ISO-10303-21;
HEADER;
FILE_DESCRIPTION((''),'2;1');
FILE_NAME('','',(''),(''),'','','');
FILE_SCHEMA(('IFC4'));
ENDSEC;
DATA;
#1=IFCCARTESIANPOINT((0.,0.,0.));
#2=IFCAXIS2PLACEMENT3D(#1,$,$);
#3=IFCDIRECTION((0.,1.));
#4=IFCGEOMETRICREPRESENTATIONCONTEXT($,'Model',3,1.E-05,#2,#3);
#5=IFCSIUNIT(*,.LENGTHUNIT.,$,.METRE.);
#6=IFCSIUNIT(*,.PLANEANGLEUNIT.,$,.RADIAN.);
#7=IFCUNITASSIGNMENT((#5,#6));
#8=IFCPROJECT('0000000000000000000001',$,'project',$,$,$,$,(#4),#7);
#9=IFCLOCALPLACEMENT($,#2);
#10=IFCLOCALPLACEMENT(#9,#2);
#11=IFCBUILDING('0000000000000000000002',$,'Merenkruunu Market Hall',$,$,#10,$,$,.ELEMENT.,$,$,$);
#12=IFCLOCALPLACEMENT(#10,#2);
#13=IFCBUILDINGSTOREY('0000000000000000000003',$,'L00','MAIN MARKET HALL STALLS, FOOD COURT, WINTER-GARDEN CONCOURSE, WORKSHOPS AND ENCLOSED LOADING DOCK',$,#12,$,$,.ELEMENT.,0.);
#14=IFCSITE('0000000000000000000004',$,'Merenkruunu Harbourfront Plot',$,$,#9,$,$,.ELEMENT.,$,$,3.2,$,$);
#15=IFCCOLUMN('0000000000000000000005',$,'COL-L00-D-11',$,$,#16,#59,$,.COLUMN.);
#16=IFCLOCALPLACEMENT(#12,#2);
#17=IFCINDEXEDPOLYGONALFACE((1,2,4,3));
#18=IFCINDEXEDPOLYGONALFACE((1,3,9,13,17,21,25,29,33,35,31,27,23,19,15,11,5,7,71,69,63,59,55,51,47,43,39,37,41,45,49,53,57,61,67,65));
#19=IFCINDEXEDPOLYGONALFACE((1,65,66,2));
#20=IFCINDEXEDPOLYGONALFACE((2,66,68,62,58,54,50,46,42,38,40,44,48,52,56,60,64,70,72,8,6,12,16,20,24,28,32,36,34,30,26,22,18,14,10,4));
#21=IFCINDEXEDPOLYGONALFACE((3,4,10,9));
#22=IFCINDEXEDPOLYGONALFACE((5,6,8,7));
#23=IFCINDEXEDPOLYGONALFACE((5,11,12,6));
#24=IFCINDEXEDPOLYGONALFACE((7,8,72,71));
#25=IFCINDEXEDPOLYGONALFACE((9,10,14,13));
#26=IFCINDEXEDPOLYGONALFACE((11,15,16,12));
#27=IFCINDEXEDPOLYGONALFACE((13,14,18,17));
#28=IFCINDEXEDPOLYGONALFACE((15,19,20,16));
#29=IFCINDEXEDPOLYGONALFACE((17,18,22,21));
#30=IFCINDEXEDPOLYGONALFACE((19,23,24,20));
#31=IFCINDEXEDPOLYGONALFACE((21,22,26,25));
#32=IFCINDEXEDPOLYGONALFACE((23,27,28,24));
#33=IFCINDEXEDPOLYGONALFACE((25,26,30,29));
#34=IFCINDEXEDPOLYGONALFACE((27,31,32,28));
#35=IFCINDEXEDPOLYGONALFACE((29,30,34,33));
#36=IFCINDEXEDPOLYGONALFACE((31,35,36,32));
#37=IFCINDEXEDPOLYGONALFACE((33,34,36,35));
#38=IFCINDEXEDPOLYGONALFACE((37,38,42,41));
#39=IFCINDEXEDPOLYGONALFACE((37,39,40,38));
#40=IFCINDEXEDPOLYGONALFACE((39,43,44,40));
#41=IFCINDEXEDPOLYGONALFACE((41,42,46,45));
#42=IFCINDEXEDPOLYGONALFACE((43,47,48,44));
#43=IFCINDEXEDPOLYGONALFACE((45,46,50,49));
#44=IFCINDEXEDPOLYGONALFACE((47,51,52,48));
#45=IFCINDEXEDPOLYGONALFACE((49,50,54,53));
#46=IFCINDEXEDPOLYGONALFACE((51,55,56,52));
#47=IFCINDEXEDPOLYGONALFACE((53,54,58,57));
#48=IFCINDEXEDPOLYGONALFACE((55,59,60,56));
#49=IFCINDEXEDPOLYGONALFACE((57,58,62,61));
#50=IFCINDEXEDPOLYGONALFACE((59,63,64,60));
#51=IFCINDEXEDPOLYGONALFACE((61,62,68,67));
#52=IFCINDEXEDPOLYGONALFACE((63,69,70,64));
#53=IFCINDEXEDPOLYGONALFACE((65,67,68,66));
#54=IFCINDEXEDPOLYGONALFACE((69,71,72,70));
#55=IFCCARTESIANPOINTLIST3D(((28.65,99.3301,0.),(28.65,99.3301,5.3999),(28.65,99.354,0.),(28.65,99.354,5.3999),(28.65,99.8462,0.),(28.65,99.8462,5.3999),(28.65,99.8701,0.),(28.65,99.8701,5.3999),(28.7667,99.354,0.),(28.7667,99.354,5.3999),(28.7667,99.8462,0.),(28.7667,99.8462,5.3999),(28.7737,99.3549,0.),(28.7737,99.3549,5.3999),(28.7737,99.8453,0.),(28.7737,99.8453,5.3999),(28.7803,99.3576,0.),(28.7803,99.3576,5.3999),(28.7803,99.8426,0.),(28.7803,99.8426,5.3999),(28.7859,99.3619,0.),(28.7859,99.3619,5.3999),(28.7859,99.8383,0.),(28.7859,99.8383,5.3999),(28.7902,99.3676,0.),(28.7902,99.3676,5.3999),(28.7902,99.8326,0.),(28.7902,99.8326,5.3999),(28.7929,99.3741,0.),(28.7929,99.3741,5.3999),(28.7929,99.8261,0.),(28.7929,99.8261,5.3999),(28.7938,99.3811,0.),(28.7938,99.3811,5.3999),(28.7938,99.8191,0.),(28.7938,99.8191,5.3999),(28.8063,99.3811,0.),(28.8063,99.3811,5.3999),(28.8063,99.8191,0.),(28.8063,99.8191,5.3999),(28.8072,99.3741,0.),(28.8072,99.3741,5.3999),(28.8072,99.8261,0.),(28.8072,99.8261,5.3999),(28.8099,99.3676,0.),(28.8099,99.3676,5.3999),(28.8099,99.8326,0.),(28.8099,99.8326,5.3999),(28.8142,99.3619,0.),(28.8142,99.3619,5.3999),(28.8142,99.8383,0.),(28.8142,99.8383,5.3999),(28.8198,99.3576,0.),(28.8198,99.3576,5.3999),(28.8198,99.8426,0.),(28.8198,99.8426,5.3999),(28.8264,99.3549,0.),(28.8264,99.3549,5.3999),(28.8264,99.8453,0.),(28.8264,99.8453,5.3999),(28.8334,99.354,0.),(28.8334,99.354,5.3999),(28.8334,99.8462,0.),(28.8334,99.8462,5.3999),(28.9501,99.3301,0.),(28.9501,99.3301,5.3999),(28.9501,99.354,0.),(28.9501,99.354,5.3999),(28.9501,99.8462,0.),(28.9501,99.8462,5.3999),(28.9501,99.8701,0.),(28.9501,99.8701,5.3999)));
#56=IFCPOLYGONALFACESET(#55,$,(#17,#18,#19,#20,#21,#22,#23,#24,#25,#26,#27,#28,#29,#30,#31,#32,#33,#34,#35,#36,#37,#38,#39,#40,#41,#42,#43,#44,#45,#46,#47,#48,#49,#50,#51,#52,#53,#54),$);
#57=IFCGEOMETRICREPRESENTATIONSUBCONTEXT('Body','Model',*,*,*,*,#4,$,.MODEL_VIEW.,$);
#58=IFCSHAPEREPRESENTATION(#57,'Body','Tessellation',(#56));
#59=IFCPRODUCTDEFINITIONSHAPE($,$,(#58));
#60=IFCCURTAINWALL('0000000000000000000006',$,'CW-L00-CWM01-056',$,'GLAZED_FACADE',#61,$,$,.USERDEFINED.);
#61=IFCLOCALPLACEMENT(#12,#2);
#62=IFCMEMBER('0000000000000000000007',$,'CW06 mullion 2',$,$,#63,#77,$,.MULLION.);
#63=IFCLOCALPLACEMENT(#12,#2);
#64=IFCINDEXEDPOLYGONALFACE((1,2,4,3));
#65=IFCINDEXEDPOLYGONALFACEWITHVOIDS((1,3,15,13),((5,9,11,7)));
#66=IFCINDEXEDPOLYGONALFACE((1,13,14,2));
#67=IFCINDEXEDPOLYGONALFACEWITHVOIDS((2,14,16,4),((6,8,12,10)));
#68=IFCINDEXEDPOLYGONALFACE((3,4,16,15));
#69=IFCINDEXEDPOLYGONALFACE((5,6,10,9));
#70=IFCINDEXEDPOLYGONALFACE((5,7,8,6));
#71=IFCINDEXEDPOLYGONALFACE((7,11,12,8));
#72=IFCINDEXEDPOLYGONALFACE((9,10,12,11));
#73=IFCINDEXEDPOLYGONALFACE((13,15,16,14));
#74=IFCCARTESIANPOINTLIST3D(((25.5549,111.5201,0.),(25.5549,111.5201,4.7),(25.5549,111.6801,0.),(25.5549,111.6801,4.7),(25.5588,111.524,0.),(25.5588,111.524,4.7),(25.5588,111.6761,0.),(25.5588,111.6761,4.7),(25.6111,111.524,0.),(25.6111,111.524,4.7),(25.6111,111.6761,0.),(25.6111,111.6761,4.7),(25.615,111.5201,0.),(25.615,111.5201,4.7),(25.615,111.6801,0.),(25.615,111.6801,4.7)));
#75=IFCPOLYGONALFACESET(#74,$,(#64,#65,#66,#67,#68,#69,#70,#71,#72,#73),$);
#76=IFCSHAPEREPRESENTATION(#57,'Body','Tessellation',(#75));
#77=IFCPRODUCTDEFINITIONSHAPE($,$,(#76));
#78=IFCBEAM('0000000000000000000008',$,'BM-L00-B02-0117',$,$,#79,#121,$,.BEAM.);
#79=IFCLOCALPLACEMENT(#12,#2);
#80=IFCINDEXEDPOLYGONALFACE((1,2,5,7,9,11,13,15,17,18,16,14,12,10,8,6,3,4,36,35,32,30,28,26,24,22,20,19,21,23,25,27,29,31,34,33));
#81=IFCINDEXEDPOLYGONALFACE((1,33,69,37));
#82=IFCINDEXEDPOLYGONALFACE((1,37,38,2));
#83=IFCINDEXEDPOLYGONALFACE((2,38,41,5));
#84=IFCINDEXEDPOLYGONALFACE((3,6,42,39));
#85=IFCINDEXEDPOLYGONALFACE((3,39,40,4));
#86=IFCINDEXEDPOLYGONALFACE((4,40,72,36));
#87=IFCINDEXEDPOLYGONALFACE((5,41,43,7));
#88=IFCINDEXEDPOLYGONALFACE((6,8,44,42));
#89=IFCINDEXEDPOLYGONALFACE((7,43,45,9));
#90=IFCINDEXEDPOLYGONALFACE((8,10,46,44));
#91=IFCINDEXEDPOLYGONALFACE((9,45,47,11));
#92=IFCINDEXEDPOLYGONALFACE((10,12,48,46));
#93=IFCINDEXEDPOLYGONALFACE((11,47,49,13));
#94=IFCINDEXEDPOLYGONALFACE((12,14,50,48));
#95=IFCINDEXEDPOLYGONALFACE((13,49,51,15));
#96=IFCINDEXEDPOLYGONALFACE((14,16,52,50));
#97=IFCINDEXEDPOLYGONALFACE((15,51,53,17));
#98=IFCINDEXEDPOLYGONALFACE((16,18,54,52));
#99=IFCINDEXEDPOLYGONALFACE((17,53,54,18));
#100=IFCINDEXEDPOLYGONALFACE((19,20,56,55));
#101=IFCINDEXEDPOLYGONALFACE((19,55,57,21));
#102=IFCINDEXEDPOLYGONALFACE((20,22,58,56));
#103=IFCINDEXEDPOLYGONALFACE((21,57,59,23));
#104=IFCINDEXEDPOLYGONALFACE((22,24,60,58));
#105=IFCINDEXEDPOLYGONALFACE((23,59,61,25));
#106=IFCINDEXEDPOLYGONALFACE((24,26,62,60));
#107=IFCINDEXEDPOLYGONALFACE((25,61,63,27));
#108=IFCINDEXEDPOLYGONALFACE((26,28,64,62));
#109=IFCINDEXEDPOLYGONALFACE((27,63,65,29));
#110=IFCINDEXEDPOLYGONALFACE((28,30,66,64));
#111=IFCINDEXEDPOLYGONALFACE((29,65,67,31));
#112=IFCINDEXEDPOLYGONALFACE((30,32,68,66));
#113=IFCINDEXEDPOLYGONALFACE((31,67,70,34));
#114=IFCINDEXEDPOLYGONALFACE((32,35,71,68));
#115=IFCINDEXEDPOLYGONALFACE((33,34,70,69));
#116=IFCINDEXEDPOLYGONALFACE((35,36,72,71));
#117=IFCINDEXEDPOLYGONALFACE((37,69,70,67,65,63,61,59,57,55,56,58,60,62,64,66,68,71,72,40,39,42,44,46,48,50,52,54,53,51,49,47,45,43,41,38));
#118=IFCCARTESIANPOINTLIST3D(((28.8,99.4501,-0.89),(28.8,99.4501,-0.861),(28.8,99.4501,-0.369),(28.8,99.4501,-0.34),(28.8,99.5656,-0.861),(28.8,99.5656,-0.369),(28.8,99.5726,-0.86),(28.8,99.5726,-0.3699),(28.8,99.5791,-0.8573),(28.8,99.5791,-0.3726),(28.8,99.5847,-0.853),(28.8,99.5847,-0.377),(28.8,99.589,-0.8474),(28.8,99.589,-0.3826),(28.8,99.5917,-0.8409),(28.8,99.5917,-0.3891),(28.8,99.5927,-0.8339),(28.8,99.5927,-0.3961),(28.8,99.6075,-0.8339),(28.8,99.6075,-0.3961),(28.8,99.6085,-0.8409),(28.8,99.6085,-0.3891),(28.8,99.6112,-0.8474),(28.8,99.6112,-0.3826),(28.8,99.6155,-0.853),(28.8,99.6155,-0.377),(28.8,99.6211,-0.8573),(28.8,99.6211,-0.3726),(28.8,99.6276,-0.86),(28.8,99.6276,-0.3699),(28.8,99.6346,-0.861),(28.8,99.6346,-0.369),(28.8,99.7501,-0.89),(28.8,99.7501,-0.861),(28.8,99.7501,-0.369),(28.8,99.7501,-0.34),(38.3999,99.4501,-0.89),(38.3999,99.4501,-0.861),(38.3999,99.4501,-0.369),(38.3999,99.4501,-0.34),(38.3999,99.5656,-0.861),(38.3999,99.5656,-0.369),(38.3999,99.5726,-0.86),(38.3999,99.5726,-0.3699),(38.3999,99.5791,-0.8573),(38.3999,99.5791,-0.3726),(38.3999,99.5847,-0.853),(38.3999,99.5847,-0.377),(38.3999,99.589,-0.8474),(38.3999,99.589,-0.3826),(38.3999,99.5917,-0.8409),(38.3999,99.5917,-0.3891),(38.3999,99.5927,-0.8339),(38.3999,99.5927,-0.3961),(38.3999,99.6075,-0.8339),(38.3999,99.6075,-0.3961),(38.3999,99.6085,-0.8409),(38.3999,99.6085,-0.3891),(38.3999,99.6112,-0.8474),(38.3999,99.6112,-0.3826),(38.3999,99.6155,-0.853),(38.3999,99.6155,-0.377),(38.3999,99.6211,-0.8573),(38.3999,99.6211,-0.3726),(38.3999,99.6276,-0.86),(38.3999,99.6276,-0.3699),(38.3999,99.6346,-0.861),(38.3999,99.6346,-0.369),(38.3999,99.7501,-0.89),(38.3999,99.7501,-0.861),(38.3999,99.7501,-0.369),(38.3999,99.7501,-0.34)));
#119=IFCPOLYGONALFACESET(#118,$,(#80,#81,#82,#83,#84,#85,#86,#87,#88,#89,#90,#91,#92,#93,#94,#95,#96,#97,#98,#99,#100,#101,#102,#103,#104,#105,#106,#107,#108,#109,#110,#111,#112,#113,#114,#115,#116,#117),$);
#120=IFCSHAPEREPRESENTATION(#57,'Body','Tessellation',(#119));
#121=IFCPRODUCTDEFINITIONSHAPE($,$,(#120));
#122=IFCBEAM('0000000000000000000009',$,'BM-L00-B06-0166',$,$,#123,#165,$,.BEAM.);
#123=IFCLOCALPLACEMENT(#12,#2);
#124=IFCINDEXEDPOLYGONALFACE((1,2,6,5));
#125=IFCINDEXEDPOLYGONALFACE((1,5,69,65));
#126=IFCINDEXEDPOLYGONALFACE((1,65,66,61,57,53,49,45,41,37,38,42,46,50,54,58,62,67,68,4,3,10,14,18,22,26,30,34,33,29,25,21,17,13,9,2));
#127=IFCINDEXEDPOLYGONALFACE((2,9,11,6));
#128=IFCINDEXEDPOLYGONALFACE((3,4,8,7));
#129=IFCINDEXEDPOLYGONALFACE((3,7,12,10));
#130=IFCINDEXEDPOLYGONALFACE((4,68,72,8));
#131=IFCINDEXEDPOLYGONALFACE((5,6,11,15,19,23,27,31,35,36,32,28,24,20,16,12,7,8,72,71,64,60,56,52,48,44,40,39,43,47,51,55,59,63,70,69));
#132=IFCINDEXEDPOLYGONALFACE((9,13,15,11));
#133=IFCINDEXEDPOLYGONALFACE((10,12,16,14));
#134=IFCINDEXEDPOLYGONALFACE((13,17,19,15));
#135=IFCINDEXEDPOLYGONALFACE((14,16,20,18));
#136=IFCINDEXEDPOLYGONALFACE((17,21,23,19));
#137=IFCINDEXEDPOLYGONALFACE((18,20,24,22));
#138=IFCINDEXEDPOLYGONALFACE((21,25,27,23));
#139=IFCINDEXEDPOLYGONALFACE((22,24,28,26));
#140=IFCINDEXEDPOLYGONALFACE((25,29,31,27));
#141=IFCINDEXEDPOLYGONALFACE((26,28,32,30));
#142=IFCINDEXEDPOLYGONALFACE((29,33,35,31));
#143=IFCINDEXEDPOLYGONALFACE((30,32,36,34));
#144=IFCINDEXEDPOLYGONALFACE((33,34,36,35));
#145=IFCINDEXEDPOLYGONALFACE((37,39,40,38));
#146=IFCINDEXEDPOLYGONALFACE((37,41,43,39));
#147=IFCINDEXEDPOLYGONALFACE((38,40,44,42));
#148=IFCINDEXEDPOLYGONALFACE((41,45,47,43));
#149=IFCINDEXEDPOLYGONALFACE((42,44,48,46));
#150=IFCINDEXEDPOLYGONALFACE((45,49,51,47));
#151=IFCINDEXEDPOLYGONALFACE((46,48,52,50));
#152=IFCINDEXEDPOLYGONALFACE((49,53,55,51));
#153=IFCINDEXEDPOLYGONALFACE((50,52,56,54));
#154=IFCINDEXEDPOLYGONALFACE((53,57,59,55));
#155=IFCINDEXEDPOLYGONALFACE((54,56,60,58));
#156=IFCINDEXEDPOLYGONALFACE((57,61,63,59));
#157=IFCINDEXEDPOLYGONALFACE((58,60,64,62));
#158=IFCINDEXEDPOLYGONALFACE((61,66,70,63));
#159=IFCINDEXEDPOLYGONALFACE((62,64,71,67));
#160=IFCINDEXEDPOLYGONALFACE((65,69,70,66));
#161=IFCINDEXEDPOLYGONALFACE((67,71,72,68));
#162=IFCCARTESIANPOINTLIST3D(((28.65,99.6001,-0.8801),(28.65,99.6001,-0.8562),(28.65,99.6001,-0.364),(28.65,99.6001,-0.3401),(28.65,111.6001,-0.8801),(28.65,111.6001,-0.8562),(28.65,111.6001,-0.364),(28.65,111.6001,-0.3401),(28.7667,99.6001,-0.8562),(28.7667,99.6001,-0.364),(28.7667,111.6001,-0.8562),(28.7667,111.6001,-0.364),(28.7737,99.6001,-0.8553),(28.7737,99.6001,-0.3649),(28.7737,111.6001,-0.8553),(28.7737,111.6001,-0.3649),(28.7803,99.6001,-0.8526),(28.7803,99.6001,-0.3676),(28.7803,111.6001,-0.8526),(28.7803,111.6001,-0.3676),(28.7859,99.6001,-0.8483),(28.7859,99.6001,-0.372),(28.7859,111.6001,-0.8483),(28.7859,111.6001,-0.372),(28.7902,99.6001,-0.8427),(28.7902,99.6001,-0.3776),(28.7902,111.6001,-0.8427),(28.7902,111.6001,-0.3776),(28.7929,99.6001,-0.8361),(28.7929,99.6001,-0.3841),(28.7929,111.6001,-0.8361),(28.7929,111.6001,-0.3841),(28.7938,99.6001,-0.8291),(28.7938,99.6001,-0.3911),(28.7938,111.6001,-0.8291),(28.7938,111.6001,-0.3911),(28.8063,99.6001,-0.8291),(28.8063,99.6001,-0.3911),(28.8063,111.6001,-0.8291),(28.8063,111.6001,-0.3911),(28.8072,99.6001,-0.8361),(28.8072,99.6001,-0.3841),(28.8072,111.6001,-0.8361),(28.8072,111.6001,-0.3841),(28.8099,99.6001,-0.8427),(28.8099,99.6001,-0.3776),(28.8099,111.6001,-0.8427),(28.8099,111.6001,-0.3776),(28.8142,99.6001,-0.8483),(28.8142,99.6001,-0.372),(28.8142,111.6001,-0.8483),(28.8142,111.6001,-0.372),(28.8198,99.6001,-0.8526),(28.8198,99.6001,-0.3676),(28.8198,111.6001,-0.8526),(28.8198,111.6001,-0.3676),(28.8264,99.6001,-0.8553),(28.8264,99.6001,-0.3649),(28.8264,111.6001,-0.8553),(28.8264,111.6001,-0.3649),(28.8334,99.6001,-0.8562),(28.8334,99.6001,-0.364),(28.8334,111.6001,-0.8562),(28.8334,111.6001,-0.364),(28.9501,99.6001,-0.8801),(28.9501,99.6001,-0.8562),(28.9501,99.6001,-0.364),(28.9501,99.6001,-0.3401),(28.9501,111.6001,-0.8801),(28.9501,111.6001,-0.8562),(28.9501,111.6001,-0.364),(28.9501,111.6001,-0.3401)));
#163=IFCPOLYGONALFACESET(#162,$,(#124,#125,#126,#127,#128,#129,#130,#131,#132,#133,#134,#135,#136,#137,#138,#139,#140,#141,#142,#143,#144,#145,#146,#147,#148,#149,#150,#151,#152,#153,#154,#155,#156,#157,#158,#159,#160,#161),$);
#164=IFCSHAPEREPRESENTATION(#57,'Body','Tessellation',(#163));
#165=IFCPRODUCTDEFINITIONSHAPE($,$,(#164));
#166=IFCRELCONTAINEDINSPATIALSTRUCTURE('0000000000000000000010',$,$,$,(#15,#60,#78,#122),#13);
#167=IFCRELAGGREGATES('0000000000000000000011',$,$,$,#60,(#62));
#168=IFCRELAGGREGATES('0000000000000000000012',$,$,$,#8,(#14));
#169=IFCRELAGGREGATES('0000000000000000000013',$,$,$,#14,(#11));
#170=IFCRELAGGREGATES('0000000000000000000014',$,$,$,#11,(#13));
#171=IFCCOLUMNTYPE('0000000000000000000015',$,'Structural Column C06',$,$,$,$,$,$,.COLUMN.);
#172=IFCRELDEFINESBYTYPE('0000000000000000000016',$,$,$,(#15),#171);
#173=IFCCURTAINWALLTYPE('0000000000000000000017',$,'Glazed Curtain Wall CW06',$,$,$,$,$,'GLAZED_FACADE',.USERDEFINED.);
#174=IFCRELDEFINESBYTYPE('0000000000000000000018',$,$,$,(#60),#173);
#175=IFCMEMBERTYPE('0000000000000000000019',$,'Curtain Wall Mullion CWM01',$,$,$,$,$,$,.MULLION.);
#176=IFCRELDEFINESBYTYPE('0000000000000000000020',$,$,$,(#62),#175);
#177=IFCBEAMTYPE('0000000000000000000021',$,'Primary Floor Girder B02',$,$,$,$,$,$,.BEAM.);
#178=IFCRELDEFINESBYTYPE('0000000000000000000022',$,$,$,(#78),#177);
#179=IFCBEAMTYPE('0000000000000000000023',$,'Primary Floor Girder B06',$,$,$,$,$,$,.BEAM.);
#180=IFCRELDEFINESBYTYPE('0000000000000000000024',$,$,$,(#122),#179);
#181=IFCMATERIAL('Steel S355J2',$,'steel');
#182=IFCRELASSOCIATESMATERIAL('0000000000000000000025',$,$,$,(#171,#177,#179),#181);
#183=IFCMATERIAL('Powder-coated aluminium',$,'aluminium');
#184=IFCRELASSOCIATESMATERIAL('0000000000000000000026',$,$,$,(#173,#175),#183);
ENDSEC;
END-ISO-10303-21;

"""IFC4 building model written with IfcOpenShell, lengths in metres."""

from ifc_helpers import new_model, si_unit, direction, frame, origin, origin_2d, place, context, subcontext, project, spatial, hollow_rectangle, i_section, extrude, material, material_profile, profile_set, type_object, element, aggregate, save


model = new_model("IFC4")

# Units and contexts
model_context = context("Model", 3, precision=1e-05, world=origin(), true_north=direction((0.0, 1.0)))
body_context = subcontext(model_context, "Body", "Model", "MODEL_VIEW")
ifc_project = project(units=[si_unit("LENGTHUNIT", "METRE"), si_unit("PLANEANGLEUNIT", "RADIAN")], contexts=[model_context])

# Site, building, storey
site_placement = place(None, origin())
site = spatial("IfcSite", under=ifc_project, at=site_placement, Name="Merenkruunu Harbourfront Plot", CompositionType="ELEMENT", RefElevation=3.2)
building_placement = place(site_placement, origin())
building = spatial("IfcBuilding", under=site, at=building_placement, Name="Merenkruunu Market Hall", CompositionType="ELEMENT")
storey_placement = place(building_placement, origin())
storey = spatial("IfcBuildingStorey", under=building, at=storey_placement, Name="L00", Description="MAIN MARKET HALL STALLS, FOOD COURT, WINTER-GARDEN CONCOURSE, WORKSHOPS AND ENCLOSED LOADING DOCK", CompositionType="ELEMENT", Elevation=0.0)

# Column
ifc_material_1 = material(Name="Steel S355J2", Category="steel")
ifc_material_profile_1 = material_profile(ifc_material_1, i_section(OverallWidth=0.3, OverallDepth=0.54, WebThickness=0.0125, FlangeThickness=0.0239, FilletRadius=0.0271, at=origin_2d()), Name="HEA 550")
ifc_profile_set_1 = profile_set([ifc_material_profile_1], Name="Steel S355J2")
column_type = type_object("IfcColumnType", Name="Structural Column C06", PredefinedType="COLUMN", material=ifc_profile_set_1)
column_placement = place(storey_placement, frame((28.8, 99.6001, 0.0), z_axis=(0.0, 0.0, 1.0), x_axis=(1.0, 0.0, 0.0)))
element("IfcColumn", 1, at=column_placement, inside=storey, type_object=column_type, Name="COL-L00-D-11", PredefinedType="COLUMN", context=body_context, shape_type="SweptSolid", body=[
    extrude(i_section(OverallWidth=0.3, OverallDepth=0.54, WebThickness=0.0125, FlangeThickness=0.0239, FilletRadius=0.0271, at=origin_2d()), origin(), (0.0, 0.0, 1.0), 5.3999),
])

# Curtain wall, member
ifc_material_2 = material(Name="Powder-coated aluminium", Category="aluminium")
curtain_wall_type = type_object("IfcCurtainWallType", Name="Glazed Curtain Wall CW06", ElementType="GLAZED_FACADE", PredefinedType="USERDEFINED", material=ifc_material_2)
curtain_wall_placement = place(storey_placement, origin())
curtain_wall = element("IfcCurtainWall", 2, at=curtain_wall_placement, inside=storey, type_object=curtain_wall_type, Name="CW-L00-CWM01-056", ObjectType="GLAZED_FACADE", PredefinedType="USERDEFINED")
ifc_material_profile_2 = material_profile(ifc_material_2, hollow_rectangle(XDim=0.0601, YDim=0.1599, WallThickness=0.0039, at=origin_2d()), Name="ALU 60x160x4")
ifc_profile_set_2 = profile_set([ifc_material_profile_2], Name="Powder-coated aluminium")
member_type = type_object("IfcMemberType", Name="Curtain Wall Mullion CWM01", PredefinedType="MULLION", material=ifc_profile_set_2)
member_placement = place(storey_placement, frame((25.585, 111.6001, 0.0), z_axis=(0.0, 0.0, 1.0), x_axis=(1.0, 0.0, 0.0)))
member = element("IfcMember", 3, at=member_placement, type_object=member_type, Name="CW06 mullion 2", PredefinedType="MULLION", context=body_context, shape_type="SweptSolid", body=[
    extrude(hollow_rectangle(XDim=0.0601, YDim=0.1599, WallThickness=0.0039, at=origin_2d()), origin(), (0.0, 0.0, 1.0), 4.7),
])

# Beams
ifc_material_profile_3 = material_profile(ifc_material_1, i_section(OverallWidth=0.3, OverallDepth=0.55, WebThickness=0.0149, FlangeThickness=0.0291, FilletRadius=0.0271, at=origin_2d()), Name="HEB 550")
ifc_profile_set_3 = profile_set([ifc_material_profile_3], Name="Steel S355J2")
beam_type_1 = type_object("IfcBeamType", Name="Primary Floor Girder B02", PredefinedType="BEAM", material=ifc_profile_set_3)
beam_1_placement = place(storey_placement, frame((28.8, 99.6001, -0.615), z_axis=(1.0, 0.0, 0.0), x_axis=(0.0, 1.0, 0.0)))
element("IfcBeam", 4, at=beam_1_placement, inside=storey, type_object=beam_type_1, Name="BM-L00-B02-0117", PredefinedType="BEAM", context=body_context, shape_type="SweptSolid", body=[
    extrude(i_section(OverallWidth=0.3, OverallDepth=0.55, WebThickness=0.0149, FlangeThickness=0.0291, FilletRadius=0.0271, at=origin_2d()), origin(), (0.0, 0.0, 1.0), 9.5999),
])
ifc_material_profile_4 = material_profile(ifc_material_1, i_section(OverallWidth=0.3, OverallDepth=0.54, WebThickness=0.0125, FlangeThickness=0.0239, FilletRadius=0.0271, at=origin_2d()), Name="HEA 550")
ifc_profile_set_4 = profile_set([ifc_material_profile_4], Name="Steel S355J2")
beam_type_2 = type_object("IfcBeamType", Name="Primary Floor Girder B06", PredefinedType="BEAM", material=ifc_profile_set_4)
beam_2_placement = place(storey_placement, frame((28.8, 99.6001, -0.6101), z_axis=(0.0, 1.0, 0.0), x_axis=(-1.0, 0.0, 0.0)))
element("IfcBeam", 5, at=beam_2_placement, inside=storey, type_object=beam_type_2, Name="BM-L00-B06-0166", PredefinedType="BEAM", context=body_context, shape_type="SweptSolid", body=[
    extrude(i_section(OverallWidth=0.3, OverallDepth=0.54, WebThickness=0.0125, FlangeThickness=0.0239, FilletRadius=0.0271, at=origin_2d()), origin(), (0.0, 0.0, 1.0), 12.0),
])

aggregate(curtain_wall, [member])

save(model, "model.ifc")
